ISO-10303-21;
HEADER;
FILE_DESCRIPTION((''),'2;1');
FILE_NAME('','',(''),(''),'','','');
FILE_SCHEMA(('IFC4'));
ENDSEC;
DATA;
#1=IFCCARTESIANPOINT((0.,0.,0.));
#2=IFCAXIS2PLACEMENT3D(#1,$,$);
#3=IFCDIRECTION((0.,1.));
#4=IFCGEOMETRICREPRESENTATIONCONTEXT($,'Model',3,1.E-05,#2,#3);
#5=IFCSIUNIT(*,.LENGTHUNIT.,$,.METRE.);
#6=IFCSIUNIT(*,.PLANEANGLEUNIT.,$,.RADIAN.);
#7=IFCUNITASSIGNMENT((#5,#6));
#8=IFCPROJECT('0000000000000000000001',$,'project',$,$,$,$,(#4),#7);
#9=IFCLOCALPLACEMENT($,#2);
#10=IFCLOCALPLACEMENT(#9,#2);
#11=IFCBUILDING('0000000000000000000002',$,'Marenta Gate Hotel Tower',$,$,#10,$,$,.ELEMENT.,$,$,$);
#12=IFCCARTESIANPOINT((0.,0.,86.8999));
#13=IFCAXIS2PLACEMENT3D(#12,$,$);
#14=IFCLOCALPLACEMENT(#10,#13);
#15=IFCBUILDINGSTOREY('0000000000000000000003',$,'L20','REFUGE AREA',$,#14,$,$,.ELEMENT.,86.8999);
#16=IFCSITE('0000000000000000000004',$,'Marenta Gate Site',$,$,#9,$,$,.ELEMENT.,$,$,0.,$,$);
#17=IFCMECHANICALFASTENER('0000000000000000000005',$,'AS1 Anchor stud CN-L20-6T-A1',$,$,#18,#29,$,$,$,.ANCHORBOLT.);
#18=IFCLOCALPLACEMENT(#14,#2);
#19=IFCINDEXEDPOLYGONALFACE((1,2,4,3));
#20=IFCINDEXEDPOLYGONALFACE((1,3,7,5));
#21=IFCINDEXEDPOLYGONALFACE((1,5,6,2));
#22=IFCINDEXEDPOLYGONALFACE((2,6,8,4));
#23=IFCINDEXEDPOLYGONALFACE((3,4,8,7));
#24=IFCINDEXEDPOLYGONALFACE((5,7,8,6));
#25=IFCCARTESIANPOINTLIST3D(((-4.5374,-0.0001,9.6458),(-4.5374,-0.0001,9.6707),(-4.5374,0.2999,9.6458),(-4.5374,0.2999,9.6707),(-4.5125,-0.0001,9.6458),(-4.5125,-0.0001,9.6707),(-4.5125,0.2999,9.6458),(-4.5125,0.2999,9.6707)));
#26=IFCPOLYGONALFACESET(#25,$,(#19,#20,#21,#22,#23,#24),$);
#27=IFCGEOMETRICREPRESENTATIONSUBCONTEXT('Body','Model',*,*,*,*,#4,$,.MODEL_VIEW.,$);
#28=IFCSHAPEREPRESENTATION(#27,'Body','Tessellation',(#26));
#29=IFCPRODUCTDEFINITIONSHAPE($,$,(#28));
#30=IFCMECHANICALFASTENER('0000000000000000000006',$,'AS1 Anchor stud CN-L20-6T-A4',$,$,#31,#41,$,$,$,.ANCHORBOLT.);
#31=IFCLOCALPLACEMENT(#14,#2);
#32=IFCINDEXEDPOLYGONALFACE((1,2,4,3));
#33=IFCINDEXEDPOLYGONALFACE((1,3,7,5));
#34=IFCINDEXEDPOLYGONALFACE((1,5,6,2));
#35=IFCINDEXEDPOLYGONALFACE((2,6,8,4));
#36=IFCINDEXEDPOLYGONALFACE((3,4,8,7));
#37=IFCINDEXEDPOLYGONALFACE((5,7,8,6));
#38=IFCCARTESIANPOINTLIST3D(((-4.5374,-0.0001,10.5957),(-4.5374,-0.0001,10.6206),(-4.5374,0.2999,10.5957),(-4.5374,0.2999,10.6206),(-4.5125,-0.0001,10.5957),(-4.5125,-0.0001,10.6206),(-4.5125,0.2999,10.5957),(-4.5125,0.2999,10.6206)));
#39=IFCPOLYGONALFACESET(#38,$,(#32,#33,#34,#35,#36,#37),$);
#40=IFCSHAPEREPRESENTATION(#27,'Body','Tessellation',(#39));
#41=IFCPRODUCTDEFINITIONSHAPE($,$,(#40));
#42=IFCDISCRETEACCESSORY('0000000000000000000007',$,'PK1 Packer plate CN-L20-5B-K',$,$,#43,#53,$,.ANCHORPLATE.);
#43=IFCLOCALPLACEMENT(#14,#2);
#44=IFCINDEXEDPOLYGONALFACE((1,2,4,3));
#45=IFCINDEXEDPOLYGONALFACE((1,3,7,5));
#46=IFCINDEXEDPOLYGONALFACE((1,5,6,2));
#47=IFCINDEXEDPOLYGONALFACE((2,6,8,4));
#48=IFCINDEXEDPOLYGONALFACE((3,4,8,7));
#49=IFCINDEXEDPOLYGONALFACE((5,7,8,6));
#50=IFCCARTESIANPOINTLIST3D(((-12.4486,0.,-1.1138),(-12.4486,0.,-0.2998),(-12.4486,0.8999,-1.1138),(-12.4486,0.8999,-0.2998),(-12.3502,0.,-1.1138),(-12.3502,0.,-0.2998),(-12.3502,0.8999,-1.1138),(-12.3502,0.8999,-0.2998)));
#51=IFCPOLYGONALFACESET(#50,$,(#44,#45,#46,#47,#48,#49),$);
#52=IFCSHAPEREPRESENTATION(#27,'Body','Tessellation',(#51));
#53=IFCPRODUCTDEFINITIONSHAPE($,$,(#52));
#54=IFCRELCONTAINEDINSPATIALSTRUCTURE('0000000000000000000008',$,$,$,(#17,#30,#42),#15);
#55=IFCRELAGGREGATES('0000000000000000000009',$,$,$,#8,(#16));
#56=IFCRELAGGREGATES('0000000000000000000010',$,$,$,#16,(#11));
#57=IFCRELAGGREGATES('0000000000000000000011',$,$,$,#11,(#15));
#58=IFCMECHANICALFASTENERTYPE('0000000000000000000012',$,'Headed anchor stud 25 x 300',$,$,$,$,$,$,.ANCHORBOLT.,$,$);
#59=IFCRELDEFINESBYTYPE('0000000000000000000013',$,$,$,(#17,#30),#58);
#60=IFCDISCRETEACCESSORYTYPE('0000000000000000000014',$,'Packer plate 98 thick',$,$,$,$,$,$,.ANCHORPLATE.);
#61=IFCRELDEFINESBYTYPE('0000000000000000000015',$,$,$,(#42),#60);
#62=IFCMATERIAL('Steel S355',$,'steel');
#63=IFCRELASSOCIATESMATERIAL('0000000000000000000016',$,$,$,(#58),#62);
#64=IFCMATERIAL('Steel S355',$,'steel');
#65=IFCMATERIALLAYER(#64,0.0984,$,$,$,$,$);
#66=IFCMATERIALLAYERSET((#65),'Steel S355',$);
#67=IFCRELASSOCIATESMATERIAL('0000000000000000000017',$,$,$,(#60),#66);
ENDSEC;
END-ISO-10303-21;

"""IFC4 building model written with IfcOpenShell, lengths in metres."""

from ifc_helpers import new_model, si_unit, direction, frame, origin, origin_2d, place, context, subcontext, project, spatial, rectangle, extrude, material, layer, layer_set, type_object, element, save


model = new_model("IFC4")

# Units and contexts
model_context = context("Model", 3, precision=1e-05, world=origin(), true_north=direction((0.0, 1.0)))
body_context = subcontext(model_context, "Body", "Model", "MODEL_VIEW")
ifc_project = project(units=[si_unit("LENGTHUNIT", "METRE"), si_unit("PLANEANGLEUNIT", "RADIAN")], contexts=[model_context])

# Site, building, storey
site_placement = place(None, origin())
site = spatial("IfcSite", under=ifc_project, at=site_placement, Name="Marenta Gate Site", CompositionType="ELEMENT", RefElevation=0.0)
building_placement = place(site_placement, origin())
building = spatial("IfcBuilding", under=site, at=building_placement, Name="Marenta Gate Hotel Tower", CompositionType="ELEMENT")
storey_placement = place(building_placement, frame((0.0, 0.0, 86.8999)))
storey = spatial("IfcBuildingStorey", under=building, at=storey_placement, Name="L20", Description="REFUGE AREA", CompositionType="ELEMENT", Elevation=86.8999)

# Mechanical fasteners
ifc_material_1 = material(Name="Steel S355", Category="steel")
mechanical_fastener_type = type_object("IfcMechanicalFastenerType", Name="Headed anchor stud 25 x 300", PredefinedType="ANCHORBOLT", material=ifc_material_1)
for number, where, z_axis, x_axis, name in (
    (1, (-4.5249, 0.1499, 9.6458), (0.0, 0.0, 1.0), (1.0, 0.0, 0.0), "AS1 Anchor stud CN-L20-6T-A1"),
    (2, (-4.5249, 0.1499, 10.5957), (0.0, 0.0, 1.0), (1.0, 0.0, 0.0), "AS1 Anchor stud CN-L20-6T-A4"),
):
    element("IfcMechanicalFastener", number, at=place(storey_placement, frame(where, z_axis=z_axis, x_axis=x_axis)), inside=storey, type_object=mechanical_fastener_type, Name=name, PredefinedType="ANCHORBOLT", context=body_context, shape_type="SweptSolid", body=[
        extrude(rectangle(XDim=0.0249, YDim=0.3, at=origin_2d()), origin(), (0.0, 0.0, 1.0), 0.0249),
    ])

# Discrete accessory
ifc_material_2 = material(Name="Steel S355", Category="steel")
ifc_layer_1 = layer(ifc_material_2, 0.0984)
ifc_layer_set_1 = layer_set([ifc_layer_1], Name="Steel S355")
discrete_accessory_type = type_object("IfcDiscreteAccessoryType", Name="Packer plate 98 thick", PredefinedType="ANCHORPLATE", material=ifc_layer_set_1)
discrete_accessory_placement = place(storey_placement, frame((-12.3994, 0.45, -1.1138), z_axis=(0.0, 0.0, 1.0), x_axis=(1.0, 0.0, 0.0)))
element("IfcDiscreteAccessory", 3, at=discrete_accessory_placement, inside=storey, type_object=discrete_accessory_type, Name="PK1 Packer plate CN-L20-5B-K", PredefinedType="ANCHORPLATE", context=body_context, shape_type="SweptSolid", body=[
    extrude(rectangle(XDim=0.0984, YDim=0.8999, at=origin_2d()), origin(), (0.0, 0.0, 1.0), 0.814),
])

save(model, "model.ifc")
